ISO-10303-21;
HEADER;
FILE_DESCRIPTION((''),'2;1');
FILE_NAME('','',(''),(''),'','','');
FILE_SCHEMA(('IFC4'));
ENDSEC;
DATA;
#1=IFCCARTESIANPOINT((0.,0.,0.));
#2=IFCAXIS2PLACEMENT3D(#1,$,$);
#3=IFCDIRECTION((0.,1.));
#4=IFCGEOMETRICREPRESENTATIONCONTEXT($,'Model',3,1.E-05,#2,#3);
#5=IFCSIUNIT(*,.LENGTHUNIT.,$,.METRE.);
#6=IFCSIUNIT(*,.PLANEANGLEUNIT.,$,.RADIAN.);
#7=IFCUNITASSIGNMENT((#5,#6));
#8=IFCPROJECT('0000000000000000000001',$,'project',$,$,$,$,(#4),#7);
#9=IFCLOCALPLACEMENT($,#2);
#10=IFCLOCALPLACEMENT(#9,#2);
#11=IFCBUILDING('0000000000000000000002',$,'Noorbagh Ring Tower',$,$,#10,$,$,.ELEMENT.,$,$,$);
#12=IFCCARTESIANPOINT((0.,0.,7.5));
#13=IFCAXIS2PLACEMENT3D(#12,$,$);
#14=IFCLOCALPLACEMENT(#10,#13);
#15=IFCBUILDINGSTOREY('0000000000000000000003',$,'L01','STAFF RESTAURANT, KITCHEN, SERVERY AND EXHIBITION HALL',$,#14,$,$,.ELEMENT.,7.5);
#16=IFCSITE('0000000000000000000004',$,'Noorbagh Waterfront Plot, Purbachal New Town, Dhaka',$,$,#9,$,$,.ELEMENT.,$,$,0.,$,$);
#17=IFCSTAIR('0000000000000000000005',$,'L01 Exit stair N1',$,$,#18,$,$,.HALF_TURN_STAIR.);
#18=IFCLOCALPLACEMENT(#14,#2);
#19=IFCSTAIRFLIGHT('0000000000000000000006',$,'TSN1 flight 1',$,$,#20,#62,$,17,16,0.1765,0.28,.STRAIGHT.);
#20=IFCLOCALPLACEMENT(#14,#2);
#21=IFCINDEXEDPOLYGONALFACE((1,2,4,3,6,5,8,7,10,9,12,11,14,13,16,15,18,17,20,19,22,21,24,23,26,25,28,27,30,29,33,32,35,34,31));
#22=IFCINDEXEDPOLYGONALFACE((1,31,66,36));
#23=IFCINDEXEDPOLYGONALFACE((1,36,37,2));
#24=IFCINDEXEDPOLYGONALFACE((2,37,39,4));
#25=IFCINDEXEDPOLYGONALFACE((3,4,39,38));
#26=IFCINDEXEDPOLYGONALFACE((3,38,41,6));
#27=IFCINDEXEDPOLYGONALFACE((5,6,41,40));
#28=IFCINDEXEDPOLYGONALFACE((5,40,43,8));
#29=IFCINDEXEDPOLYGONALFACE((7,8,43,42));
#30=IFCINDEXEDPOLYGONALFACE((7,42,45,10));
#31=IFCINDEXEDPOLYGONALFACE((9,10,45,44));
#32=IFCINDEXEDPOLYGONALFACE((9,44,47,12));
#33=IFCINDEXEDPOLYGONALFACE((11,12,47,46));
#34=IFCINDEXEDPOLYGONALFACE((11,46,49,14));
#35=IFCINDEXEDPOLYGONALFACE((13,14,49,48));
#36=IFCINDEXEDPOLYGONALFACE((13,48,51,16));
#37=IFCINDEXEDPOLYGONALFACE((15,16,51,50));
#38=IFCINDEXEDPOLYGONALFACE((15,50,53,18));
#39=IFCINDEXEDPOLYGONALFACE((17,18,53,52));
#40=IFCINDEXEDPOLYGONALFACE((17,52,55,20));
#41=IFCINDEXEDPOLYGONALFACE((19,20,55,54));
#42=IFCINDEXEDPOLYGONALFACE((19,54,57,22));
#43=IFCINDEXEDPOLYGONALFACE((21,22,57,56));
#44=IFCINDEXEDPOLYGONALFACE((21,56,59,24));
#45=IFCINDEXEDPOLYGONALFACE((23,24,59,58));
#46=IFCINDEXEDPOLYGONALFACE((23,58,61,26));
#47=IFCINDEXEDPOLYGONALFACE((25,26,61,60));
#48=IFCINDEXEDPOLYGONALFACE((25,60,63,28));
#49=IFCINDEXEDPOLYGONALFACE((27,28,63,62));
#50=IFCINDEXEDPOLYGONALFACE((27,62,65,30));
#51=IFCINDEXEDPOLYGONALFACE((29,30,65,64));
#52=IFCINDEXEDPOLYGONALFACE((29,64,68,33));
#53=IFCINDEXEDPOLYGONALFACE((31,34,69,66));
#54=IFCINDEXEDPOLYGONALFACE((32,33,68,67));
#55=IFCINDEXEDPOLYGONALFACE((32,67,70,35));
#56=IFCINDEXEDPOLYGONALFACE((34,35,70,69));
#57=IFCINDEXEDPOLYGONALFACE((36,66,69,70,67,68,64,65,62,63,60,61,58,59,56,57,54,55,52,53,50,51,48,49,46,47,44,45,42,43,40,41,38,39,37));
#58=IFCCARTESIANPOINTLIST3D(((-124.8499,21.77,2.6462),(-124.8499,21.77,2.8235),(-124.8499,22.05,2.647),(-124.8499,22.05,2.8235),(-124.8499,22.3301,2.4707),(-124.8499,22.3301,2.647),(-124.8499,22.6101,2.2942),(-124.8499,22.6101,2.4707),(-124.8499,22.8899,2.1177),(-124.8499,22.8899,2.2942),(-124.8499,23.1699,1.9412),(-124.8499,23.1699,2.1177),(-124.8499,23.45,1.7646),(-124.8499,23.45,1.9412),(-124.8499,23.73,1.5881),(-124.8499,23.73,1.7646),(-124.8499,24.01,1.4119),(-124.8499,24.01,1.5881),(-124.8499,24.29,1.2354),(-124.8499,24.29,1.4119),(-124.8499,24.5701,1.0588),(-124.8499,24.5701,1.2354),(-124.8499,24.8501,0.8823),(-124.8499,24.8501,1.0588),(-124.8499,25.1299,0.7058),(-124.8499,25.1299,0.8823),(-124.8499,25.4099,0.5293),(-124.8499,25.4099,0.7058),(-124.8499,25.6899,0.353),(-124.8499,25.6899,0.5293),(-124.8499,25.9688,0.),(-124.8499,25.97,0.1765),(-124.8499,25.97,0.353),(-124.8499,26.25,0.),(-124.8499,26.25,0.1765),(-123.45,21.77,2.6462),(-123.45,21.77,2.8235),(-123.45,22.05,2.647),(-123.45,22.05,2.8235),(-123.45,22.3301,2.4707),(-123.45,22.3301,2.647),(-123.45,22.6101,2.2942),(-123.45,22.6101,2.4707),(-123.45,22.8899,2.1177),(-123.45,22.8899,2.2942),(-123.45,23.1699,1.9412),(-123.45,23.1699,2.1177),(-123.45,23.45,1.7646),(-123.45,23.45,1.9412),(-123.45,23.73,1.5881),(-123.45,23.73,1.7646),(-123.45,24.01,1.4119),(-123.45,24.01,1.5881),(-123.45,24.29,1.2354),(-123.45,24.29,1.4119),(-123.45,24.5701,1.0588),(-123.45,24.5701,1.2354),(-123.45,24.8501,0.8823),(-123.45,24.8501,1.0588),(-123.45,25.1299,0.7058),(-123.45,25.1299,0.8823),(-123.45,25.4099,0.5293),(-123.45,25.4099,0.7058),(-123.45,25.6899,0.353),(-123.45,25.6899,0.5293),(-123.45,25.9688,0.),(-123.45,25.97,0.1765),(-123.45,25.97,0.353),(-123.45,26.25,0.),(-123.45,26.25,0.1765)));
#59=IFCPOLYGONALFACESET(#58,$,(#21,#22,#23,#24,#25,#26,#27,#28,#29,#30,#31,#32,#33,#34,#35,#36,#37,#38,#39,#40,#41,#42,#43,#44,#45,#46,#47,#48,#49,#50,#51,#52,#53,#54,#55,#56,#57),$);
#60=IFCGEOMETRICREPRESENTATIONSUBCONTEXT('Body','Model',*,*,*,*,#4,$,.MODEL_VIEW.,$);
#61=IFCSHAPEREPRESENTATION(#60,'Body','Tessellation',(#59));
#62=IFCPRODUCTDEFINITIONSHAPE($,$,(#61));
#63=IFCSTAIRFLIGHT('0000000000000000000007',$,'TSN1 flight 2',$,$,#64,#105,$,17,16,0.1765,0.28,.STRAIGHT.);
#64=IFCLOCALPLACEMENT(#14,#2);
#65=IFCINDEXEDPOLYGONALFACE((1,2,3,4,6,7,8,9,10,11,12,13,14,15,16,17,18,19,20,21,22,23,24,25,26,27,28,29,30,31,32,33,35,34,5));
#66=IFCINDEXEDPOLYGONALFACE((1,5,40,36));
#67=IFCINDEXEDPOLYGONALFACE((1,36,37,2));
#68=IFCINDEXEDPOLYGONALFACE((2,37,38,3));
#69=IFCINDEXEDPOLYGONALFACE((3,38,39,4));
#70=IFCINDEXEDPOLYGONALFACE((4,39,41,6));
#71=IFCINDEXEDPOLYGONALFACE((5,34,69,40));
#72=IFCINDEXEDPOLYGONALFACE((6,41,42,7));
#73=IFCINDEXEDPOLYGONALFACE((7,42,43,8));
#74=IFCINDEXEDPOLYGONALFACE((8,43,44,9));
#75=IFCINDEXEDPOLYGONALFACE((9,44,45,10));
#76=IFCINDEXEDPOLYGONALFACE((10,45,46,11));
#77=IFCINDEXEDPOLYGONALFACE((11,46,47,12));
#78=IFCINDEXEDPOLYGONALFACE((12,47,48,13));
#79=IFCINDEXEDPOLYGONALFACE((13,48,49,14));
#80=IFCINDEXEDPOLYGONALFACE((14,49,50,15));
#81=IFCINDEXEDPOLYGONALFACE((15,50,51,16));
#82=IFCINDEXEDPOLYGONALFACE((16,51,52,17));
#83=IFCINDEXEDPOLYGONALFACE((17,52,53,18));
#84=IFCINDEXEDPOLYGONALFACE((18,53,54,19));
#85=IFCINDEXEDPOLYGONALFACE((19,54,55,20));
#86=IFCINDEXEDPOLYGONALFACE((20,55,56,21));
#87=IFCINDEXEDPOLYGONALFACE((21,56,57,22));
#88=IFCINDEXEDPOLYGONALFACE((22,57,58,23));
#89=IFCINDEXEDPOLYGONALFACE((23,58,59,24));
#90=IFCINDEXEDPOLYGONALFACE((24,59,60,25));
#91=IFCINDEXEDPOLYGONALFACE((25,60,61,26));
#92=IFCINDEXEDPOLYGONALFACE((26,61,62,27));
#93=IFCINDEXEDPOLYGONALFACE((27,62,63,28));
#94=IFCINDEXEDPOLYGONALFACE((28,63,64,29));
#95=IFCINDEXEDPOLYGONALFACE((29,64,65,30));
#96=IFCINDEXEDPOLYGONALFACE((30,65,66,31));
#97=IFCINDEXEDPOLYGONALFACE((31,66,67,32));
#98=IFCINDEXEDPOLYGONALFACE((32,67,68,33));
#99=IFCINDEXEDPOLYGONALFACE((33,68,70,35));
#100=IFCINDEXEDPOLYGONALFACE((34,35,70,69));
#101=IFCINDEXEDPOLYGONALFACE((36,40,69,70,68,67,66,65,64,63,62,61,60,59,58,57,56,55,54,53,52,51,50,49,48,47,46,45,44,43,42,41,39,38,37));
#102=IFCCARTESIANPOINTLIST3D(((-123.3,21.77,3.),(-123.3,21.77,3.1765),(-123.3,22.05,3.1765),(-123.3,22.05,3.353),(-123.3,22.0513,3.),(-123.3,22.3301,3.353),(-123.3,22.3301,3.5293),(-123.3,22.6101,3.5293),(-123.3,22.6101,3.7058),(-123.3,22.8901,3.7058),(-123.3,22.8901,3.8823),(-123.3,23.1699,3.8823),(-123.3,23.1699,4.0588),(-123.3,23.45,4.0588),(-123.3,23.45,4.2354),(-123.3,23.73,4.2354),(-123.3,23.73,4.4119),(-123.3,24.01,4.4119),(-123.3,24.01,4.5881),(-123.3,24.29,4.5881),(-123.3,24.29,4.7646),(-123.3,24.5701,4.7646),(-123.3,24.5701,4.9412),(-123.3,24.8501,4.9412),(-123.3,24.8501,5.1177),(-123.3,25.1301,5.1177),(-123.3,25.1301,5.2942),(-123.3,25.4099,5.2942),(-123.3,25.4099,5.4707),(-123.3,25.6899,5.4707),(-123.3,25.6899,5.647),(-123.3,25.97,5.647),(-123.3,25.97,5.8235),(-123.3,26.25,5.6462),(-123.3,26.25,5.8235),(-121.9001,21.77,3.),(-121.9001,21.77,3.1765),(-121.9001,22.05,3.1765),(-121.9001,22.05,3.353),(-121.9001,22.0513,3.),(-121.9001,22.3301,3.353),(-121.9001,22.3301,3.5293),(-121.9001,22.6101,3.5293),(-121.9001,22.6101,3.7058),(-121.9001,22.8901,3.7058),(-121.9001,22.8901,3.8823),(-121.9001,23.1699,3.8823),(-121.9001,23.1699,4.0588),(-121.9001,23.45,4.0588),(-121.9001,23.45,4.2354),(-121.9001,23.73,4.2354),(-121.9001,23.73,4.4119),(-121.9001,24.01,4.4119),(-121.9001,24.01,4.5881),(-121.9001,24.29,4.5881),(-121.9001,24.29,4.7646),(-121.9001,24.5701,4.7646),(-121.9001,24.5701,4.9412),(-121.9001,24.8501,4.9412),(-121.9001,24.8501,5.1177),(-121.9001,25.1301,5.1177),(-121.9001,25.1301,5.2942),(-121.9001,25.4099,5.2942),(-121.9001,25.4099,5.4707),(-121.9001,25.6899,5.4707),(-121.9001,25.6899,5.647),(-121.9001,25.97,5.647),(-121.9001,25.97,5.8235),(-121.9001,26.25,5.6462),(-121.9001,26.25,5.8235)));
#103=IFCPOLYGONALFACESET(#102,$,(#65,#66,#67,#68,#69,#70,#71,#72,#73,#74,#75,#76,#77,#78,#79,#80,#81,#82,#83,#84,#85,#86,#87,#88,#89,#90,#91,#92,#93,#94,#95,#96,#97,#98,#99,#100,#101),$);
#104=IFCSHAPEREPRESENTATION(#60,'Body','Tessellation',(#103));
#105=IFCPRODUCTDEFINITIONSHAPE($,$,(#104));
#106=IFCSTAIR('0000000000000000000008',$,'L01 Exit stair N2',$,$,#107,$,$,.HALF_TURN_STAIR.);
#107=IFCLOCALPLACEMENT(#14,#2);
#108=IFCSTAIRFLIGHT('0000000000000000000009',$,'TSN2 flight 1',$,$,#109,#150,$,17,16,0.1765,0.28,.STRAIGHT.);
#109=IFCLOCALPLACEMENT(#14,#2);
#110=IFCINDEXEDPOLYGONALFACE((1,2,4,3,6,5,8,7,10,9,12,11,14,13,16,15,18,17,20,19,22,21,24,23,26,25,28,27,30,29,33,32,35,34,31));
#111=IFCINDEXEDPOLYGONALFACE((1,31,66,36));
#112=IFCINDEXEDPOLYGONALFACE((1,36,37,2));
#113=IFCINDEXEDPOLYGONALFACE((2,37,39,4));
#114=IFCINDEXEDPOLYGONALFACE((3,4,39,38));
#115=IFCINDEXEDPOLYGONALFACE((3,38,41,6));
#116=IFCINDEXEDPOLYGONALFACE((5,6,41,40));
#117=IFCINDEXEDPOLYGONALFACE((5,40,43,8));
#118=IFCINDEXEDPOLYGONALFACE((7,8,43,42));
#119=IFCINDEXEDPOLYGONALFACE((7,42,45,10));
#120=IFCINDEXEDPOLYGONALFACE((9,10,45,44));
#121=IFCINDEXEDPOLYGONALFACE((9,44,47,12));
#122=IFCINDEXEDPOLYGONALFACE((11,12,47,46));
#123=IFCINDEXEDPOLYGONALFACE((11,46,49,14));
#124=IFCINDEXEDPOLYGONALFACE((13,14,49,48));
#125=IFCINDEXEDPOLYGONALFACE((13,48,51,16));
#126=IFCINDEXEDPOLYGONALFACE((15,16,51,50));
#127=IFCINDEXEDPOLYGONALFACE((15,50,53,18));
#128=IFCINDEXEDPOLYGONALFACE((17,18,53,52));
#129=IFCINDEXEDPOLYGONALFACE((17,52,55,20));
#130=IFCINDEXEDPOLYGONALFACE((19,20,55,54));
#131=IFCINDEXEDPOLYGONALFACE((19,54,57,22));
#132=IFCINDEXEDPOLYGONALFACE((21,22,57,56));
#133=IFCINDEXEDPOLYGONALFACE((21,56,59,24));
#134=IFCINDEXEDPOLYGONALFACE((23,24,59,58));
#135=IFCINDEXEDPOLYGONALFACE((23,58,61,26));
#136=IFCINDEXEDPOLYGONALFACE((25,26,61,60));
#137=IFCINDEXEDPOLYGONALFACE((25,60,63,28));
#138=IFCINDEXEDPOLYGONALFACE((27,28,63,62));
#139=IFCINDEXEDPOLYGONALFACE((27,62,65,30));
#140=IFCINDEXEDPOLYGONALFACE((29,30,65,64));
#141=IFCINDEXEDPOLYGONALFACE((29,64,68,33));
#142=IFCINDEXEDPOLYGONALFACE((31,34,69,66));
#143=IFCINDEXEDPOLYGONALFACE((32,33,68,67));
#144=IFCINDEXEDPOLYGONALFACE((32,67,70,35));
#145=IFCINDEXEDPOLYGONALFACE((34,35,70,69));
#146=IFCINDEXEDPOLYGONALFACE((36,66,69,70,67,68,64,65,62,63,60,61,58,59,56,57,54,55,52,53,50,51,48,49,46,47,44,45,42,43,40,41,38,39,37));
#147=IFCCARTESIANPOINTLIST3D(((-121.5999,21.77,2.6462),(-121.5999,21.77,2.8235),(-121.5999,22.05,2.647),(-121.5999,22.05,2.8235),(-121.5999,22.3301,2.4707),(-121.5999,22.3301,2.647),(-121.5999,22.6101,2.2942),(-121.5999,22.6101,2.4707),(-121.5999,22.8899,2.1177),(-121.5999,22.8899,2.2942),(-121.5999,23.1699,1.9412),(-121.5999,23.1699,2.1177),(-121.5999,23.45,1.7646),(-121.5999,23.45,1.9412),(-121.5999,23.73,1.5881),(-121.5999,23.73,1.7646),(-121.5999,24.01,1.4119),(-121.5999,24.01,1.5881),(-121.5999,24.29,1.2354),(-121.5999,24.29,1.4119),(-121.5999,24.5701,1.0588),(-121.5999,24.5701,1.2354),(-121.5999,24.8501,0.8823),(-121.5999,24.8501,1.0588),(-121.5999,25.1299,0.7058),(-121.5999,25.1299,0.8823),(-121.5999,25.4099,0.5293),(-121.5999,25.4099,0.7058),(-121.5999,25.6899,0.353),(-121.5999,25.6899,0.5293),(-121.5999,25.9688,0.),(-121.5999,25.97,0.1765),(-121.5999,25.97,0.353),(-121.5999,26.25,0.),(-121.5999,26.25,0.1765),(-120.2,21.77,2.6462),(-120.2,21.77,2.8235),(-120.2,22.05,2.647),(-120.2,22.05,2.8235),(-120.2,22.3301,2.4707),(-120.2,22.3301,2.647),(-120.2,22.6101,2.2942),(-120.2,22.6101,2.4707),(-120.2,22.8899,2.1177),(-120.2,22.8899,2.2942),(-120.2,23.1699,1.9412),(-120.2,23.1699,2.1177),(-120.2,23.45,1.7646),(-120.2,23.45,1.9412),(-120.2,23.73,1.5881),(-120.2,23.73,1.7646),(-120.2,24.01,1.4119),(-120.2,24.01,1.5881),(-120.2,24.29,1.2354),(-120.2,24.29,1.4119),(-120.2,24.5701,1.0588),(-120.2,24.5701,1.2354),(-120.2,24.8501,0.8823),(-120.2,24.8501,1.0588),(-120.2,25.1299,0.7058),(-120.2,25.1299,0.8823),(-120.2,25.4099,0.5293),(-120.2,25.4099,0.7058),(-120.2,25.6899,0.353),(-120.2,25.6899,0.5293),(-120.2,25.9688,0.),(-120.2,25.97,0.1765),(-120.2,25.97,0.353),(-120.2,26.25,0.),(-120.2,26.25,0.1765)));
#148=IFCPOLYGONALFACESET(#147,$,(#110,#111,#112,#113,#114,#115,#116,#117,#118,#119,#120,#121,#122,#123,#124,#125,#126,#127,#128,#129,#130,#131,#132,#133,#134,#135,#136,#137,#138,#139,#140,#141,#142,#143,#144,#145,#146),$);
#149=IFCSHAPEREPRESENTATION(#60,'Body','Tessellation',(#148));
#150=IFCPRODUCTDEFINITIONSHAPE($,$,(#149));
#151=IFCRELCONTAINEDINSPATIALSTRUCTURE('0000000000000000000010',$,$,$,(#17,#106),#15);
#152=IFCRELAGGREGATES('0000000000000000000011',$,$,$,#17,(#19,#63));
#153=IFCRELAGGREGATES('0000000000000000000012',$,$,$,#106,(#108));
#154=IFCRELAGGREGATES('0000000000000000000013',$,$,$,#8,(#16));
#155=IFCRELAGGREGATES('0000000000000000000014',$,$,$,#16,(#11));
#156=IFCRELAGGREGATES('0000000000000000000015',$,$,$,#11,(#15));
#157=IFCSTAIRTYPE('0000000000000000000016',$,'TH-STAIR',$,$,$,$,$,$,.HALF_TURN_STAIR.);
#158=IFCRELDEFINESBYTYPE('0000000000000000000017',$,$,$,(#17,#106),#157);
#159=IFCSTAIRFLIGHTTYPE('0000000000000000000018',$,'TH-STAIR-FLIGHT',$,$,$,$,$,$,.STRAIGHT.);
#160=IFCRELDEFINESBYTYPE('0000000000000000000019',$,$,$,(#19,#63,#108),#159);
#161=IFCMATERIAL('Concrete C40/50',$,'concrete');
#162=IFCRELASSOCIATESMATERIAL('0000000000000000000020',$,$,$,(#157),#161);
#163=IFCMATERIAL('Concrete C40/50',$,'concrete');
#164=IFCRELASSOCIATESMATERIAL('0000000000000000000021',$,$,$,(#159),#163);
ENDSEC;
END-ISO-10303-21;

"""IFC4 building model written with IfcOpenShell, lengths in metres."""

from ifc_helpers import new_model, si_unit, direction, frame, origin, place, context, subcontext, project, spatial, polyline, outline, extrude, material, type_object, element, aggregate, save


model = new_model("IFC4")

# Units and contexts
model_context = context("Model", 3, precision=1e-05, world=origin(), true_north=direction((0.0, 1.0)))
body_context = subcontext(model_context, "Body", "Model", "MODEL_VIEW")
ifc_project = project(units=[si_unit("LENGTHUNIT", "METRE"), si_unit("PLANEANGLEUNIT", "RADIAN")], contexts=[model_context])

# Site, building, storey
site_placement = place(None, origin())
site = spatial("IfcSite", under=ifc_project, at=site_placement, Name="Noorbagh Waterfront Plot, Purbachal New Town, Dhaka", CompositionType="ELEMENT", RefElevation=0.0)
building_placement = place(site_placement, origin())
building = spatial("IfcBuilding", under=site, at=building_placement, Name="Noorbagh Ring Tower", CompositionType="ELEMENT")
storey_placement = place(building_placement, frame((0.0, 0.0, 7.5)))
storey = spatial("IfcBuildingStorey", under=building, at=storey_placement, Name="L01", Description="STAFF RESTAURANT, KITCHEN, SERVERY AND EXHIBITION HALL", CompositionType="ELEMENT", Elevation=7.5)

# Stair, stair flights
ifc_material_1 = material(Name="Concrete C40/50", Category="concrete")
stair_type = type_object("IfcStairType", Name="TH-STAIR", PredefinedType="HALF_TURN_STAIR", material=ifc_material_1)
stair_1_placement = place(storey_placement, origin())
stair_1 = element("IfcStair", 1, at=stair_1_placement, inside=storey, type_object=stair_type, Name="L01 Exit stair N1", PredefinedType="HALF_TURN_STAIR")
ifc_material_2 = material(Name="Concrete C40/50", Category="concrete")
stair_flight_type = type_object("IfcStairFlightType", Name="TH-STAIR-FLIGHT", PredefinedType="STRAIGHT", material=ifc_material_2)
stair_flight_1_placement = place(storey_placement, frame((-124.1499, 26.25, 0.0), z_axis=(0.0, 0.0, 1.0), x_axis=(0.0, -1.0, 0.0)))
stair_flight_1 = element("IfcStairFlight", 2, at=stair_flight_1_placement, type_object=stair_flight_type, Name="TSN1 flight 1", NumberOfRisers=17, NumberOfTreads=16, PredefinedType="STRAIGHT", RiserHeight=0.1765, TreadLength=0.28, context=body_context, shape_type="SweptSolid", body=[
    extrude(outline(polyline([(0.0, 0.0), (0.0, 0.1765), (0.28, 0.1765), (0.28, 0.353), (0.5601, 0.353), (0.5601, 0.5293), (0.8401, 0.5293), (0.8401, 0.7058), (1.1201, 0.7058), (1.1201, 0.8823), (1.3999, 0.8823), (1.3999, 1.0588), (1.6799, 1.0588), (1.6799, 1.2354), (1.96, 1.2354), (1.96, 1.4119), (2.24, 1.4119), (2.24, 1.5881), (2.52, 1.5881), (2.52, 1.7646), (2.8, 1.7646), (2.8, 1.9412), (3.0801, 1.9412), (3.0801, 2.1177), (3.3601, 2.1177), (3.3601, 2.2942), (3.6399, 2.2942), (3.6399, 2.4707), (3.9199, 2.4707), (3.9199, 2.647), (4.2, 2.647), (4.2, 2.8235), (4.48, 2.8235), (4.48, 3.0), (4.48, 2.6462), (0.2812, 0.0), (0.0, 0.0)])), frame((0.0, 0.7, 0.0), z_axis=(0.0, -1.0, 0.0), x_axis=(1.0, 0.0, 0.0)), (0.0, 0.0, 1.0), 1.3999),
])
stair_flight_2_placement = place(storey_placement, frame((-122.6001, 21.77, 3.0), z_axis=(0.0, 0.0, 1.0), x_axis=(0.0, 1.0, 0.0)))
stair_flight_2 = element("IfcStairFlight", 3, at=stair_flight_2_placement, type_object=stair_flight_type, Name="TSN1 flight 2", NumberOfRisers=17, NumberOfTreads=16, PredefinedType="STRAIGHT", RiserHeight=0.1765, TreadLength=0.28, context=body_context, shape_type="SweptSolid", body=[
    extrude(outline(polyline([(0.0, 0.0), (0.0, 0.1765), (0.28, 0.1765), (0.28, 0.353), (0.5601, 0.353), (0.5601, 0.5293), (0.8401, 0.5293), (0.8401, 0.7058), (1.1201, 0.7058), (1.1201, 0.8823), (1.3999, 0.8823), (1.3999, 1.0588), (1.6799, 1.0588), (1.6799, 1.2354), (1.96, 1.2354), (1.96, 1.4119), (2.24, 1.4119), (2.24, 1.5881), (2.52, 1.5881), (2.52, 1.7646), (2.8, 1.7646), (2.8, 1.9412), (3.0801, 1.9412), (3.0801, 2.1177), (3.3601, 2.1177), (3.3601, 2.2942), (3.6399, 2.2942), (3.6399, 2.4707), (3.9199, 2.4707), (3.9199, 2.647), (4.2, 2.647), (4.2, 2.8235), (4.48, 2.8235), (4.48, 3.0), (4.48, 2.6462), (0.2812, 0.0), (0.0, 0.0)])), frame((0.0, 0.7, 0.0), z_axis=(0.0, -1.0, 0.0), x_axis=(1.0, 0.0, 0.0)), (0.0, 0.0, 1.0), 1.3999),
])
aggregate(stair_1, [stair_flight_1, stair_flight_2])

# Stair, stair flight
stair_2_placement = place(storey_placement, origin())
stair_2 = element("IfcStair", 4, at=stair_2_placement, inside=storey, type_object=stair_type, Name="L01 Exit stair N2", PredefinedType="HALF_TURN_STAIR")
stair_flight_3_placement = place(storey_placement, frame((-120.8999, 26.25, 0.0), z_axis=(0.0, 0.0, 1.0), x_axis=(0.0, -1.0, 0.0)))
stair_flight_3 = element("IfcStairFlight", 5, at=stair_flight_3_placement, type_object=stair_flight_type, Name="TSN2 flight 1", NumberOfRisers=17, NumberOfTreads=16, PredefinedType="STRAIGHT", RiserHeight=0.1765, TreadLength=0.28, context=body_context, shape_type="SweptSolid", body=[
    extrude(outline(polyline([(0.0, 0.0), (0.0, 0.1765), (0.28, 0.1765), (0.28, 0.353), (0.5601, 0.353), (0.5601, 0.5293), (0.8401, 0.5293), (0.8401, 0.7058), (1.1201, 0.7058), (1.1201, 0.8823), (1.3999, 0.8823), (1.3999, 1.0588), (1.6799, 1.0588), (1.6799, 1.2354), (1.96, 1.2354), (1.96, 1.4119), (2.24, 1.4119), (2.24, 1.5881), (2.52, 1.5881), (2.52, 1.7646), (2.8, 1.7646), (2.8, 1.9412), (3.0801, 1.9412), (3.0801, 2.1177), (3.3601, 2.1177), (3.3601, 2.2942), (3.6399, 2.2942), (3.6399, 2.4707), (3.9199, 2.4707), (3.9199, 2.647), (4.2, 2.647), (4.2, 2.8235), (4.48, 2.8235), (4.48, 3.0), (4.48, 2.6462), (0.2812, 0.0), (0.0, 0.0)])), frame((0.0, 0.7, 0.0), z_axis=(0.0, -1.0, 0.0), x_axis=(1.0, 0.0, 0.0)), (0.0, 0.0, 1.0), 1.3999),
])
aggregate(stair_2, [stair_flight_3])

save(model, "model.ifc")
